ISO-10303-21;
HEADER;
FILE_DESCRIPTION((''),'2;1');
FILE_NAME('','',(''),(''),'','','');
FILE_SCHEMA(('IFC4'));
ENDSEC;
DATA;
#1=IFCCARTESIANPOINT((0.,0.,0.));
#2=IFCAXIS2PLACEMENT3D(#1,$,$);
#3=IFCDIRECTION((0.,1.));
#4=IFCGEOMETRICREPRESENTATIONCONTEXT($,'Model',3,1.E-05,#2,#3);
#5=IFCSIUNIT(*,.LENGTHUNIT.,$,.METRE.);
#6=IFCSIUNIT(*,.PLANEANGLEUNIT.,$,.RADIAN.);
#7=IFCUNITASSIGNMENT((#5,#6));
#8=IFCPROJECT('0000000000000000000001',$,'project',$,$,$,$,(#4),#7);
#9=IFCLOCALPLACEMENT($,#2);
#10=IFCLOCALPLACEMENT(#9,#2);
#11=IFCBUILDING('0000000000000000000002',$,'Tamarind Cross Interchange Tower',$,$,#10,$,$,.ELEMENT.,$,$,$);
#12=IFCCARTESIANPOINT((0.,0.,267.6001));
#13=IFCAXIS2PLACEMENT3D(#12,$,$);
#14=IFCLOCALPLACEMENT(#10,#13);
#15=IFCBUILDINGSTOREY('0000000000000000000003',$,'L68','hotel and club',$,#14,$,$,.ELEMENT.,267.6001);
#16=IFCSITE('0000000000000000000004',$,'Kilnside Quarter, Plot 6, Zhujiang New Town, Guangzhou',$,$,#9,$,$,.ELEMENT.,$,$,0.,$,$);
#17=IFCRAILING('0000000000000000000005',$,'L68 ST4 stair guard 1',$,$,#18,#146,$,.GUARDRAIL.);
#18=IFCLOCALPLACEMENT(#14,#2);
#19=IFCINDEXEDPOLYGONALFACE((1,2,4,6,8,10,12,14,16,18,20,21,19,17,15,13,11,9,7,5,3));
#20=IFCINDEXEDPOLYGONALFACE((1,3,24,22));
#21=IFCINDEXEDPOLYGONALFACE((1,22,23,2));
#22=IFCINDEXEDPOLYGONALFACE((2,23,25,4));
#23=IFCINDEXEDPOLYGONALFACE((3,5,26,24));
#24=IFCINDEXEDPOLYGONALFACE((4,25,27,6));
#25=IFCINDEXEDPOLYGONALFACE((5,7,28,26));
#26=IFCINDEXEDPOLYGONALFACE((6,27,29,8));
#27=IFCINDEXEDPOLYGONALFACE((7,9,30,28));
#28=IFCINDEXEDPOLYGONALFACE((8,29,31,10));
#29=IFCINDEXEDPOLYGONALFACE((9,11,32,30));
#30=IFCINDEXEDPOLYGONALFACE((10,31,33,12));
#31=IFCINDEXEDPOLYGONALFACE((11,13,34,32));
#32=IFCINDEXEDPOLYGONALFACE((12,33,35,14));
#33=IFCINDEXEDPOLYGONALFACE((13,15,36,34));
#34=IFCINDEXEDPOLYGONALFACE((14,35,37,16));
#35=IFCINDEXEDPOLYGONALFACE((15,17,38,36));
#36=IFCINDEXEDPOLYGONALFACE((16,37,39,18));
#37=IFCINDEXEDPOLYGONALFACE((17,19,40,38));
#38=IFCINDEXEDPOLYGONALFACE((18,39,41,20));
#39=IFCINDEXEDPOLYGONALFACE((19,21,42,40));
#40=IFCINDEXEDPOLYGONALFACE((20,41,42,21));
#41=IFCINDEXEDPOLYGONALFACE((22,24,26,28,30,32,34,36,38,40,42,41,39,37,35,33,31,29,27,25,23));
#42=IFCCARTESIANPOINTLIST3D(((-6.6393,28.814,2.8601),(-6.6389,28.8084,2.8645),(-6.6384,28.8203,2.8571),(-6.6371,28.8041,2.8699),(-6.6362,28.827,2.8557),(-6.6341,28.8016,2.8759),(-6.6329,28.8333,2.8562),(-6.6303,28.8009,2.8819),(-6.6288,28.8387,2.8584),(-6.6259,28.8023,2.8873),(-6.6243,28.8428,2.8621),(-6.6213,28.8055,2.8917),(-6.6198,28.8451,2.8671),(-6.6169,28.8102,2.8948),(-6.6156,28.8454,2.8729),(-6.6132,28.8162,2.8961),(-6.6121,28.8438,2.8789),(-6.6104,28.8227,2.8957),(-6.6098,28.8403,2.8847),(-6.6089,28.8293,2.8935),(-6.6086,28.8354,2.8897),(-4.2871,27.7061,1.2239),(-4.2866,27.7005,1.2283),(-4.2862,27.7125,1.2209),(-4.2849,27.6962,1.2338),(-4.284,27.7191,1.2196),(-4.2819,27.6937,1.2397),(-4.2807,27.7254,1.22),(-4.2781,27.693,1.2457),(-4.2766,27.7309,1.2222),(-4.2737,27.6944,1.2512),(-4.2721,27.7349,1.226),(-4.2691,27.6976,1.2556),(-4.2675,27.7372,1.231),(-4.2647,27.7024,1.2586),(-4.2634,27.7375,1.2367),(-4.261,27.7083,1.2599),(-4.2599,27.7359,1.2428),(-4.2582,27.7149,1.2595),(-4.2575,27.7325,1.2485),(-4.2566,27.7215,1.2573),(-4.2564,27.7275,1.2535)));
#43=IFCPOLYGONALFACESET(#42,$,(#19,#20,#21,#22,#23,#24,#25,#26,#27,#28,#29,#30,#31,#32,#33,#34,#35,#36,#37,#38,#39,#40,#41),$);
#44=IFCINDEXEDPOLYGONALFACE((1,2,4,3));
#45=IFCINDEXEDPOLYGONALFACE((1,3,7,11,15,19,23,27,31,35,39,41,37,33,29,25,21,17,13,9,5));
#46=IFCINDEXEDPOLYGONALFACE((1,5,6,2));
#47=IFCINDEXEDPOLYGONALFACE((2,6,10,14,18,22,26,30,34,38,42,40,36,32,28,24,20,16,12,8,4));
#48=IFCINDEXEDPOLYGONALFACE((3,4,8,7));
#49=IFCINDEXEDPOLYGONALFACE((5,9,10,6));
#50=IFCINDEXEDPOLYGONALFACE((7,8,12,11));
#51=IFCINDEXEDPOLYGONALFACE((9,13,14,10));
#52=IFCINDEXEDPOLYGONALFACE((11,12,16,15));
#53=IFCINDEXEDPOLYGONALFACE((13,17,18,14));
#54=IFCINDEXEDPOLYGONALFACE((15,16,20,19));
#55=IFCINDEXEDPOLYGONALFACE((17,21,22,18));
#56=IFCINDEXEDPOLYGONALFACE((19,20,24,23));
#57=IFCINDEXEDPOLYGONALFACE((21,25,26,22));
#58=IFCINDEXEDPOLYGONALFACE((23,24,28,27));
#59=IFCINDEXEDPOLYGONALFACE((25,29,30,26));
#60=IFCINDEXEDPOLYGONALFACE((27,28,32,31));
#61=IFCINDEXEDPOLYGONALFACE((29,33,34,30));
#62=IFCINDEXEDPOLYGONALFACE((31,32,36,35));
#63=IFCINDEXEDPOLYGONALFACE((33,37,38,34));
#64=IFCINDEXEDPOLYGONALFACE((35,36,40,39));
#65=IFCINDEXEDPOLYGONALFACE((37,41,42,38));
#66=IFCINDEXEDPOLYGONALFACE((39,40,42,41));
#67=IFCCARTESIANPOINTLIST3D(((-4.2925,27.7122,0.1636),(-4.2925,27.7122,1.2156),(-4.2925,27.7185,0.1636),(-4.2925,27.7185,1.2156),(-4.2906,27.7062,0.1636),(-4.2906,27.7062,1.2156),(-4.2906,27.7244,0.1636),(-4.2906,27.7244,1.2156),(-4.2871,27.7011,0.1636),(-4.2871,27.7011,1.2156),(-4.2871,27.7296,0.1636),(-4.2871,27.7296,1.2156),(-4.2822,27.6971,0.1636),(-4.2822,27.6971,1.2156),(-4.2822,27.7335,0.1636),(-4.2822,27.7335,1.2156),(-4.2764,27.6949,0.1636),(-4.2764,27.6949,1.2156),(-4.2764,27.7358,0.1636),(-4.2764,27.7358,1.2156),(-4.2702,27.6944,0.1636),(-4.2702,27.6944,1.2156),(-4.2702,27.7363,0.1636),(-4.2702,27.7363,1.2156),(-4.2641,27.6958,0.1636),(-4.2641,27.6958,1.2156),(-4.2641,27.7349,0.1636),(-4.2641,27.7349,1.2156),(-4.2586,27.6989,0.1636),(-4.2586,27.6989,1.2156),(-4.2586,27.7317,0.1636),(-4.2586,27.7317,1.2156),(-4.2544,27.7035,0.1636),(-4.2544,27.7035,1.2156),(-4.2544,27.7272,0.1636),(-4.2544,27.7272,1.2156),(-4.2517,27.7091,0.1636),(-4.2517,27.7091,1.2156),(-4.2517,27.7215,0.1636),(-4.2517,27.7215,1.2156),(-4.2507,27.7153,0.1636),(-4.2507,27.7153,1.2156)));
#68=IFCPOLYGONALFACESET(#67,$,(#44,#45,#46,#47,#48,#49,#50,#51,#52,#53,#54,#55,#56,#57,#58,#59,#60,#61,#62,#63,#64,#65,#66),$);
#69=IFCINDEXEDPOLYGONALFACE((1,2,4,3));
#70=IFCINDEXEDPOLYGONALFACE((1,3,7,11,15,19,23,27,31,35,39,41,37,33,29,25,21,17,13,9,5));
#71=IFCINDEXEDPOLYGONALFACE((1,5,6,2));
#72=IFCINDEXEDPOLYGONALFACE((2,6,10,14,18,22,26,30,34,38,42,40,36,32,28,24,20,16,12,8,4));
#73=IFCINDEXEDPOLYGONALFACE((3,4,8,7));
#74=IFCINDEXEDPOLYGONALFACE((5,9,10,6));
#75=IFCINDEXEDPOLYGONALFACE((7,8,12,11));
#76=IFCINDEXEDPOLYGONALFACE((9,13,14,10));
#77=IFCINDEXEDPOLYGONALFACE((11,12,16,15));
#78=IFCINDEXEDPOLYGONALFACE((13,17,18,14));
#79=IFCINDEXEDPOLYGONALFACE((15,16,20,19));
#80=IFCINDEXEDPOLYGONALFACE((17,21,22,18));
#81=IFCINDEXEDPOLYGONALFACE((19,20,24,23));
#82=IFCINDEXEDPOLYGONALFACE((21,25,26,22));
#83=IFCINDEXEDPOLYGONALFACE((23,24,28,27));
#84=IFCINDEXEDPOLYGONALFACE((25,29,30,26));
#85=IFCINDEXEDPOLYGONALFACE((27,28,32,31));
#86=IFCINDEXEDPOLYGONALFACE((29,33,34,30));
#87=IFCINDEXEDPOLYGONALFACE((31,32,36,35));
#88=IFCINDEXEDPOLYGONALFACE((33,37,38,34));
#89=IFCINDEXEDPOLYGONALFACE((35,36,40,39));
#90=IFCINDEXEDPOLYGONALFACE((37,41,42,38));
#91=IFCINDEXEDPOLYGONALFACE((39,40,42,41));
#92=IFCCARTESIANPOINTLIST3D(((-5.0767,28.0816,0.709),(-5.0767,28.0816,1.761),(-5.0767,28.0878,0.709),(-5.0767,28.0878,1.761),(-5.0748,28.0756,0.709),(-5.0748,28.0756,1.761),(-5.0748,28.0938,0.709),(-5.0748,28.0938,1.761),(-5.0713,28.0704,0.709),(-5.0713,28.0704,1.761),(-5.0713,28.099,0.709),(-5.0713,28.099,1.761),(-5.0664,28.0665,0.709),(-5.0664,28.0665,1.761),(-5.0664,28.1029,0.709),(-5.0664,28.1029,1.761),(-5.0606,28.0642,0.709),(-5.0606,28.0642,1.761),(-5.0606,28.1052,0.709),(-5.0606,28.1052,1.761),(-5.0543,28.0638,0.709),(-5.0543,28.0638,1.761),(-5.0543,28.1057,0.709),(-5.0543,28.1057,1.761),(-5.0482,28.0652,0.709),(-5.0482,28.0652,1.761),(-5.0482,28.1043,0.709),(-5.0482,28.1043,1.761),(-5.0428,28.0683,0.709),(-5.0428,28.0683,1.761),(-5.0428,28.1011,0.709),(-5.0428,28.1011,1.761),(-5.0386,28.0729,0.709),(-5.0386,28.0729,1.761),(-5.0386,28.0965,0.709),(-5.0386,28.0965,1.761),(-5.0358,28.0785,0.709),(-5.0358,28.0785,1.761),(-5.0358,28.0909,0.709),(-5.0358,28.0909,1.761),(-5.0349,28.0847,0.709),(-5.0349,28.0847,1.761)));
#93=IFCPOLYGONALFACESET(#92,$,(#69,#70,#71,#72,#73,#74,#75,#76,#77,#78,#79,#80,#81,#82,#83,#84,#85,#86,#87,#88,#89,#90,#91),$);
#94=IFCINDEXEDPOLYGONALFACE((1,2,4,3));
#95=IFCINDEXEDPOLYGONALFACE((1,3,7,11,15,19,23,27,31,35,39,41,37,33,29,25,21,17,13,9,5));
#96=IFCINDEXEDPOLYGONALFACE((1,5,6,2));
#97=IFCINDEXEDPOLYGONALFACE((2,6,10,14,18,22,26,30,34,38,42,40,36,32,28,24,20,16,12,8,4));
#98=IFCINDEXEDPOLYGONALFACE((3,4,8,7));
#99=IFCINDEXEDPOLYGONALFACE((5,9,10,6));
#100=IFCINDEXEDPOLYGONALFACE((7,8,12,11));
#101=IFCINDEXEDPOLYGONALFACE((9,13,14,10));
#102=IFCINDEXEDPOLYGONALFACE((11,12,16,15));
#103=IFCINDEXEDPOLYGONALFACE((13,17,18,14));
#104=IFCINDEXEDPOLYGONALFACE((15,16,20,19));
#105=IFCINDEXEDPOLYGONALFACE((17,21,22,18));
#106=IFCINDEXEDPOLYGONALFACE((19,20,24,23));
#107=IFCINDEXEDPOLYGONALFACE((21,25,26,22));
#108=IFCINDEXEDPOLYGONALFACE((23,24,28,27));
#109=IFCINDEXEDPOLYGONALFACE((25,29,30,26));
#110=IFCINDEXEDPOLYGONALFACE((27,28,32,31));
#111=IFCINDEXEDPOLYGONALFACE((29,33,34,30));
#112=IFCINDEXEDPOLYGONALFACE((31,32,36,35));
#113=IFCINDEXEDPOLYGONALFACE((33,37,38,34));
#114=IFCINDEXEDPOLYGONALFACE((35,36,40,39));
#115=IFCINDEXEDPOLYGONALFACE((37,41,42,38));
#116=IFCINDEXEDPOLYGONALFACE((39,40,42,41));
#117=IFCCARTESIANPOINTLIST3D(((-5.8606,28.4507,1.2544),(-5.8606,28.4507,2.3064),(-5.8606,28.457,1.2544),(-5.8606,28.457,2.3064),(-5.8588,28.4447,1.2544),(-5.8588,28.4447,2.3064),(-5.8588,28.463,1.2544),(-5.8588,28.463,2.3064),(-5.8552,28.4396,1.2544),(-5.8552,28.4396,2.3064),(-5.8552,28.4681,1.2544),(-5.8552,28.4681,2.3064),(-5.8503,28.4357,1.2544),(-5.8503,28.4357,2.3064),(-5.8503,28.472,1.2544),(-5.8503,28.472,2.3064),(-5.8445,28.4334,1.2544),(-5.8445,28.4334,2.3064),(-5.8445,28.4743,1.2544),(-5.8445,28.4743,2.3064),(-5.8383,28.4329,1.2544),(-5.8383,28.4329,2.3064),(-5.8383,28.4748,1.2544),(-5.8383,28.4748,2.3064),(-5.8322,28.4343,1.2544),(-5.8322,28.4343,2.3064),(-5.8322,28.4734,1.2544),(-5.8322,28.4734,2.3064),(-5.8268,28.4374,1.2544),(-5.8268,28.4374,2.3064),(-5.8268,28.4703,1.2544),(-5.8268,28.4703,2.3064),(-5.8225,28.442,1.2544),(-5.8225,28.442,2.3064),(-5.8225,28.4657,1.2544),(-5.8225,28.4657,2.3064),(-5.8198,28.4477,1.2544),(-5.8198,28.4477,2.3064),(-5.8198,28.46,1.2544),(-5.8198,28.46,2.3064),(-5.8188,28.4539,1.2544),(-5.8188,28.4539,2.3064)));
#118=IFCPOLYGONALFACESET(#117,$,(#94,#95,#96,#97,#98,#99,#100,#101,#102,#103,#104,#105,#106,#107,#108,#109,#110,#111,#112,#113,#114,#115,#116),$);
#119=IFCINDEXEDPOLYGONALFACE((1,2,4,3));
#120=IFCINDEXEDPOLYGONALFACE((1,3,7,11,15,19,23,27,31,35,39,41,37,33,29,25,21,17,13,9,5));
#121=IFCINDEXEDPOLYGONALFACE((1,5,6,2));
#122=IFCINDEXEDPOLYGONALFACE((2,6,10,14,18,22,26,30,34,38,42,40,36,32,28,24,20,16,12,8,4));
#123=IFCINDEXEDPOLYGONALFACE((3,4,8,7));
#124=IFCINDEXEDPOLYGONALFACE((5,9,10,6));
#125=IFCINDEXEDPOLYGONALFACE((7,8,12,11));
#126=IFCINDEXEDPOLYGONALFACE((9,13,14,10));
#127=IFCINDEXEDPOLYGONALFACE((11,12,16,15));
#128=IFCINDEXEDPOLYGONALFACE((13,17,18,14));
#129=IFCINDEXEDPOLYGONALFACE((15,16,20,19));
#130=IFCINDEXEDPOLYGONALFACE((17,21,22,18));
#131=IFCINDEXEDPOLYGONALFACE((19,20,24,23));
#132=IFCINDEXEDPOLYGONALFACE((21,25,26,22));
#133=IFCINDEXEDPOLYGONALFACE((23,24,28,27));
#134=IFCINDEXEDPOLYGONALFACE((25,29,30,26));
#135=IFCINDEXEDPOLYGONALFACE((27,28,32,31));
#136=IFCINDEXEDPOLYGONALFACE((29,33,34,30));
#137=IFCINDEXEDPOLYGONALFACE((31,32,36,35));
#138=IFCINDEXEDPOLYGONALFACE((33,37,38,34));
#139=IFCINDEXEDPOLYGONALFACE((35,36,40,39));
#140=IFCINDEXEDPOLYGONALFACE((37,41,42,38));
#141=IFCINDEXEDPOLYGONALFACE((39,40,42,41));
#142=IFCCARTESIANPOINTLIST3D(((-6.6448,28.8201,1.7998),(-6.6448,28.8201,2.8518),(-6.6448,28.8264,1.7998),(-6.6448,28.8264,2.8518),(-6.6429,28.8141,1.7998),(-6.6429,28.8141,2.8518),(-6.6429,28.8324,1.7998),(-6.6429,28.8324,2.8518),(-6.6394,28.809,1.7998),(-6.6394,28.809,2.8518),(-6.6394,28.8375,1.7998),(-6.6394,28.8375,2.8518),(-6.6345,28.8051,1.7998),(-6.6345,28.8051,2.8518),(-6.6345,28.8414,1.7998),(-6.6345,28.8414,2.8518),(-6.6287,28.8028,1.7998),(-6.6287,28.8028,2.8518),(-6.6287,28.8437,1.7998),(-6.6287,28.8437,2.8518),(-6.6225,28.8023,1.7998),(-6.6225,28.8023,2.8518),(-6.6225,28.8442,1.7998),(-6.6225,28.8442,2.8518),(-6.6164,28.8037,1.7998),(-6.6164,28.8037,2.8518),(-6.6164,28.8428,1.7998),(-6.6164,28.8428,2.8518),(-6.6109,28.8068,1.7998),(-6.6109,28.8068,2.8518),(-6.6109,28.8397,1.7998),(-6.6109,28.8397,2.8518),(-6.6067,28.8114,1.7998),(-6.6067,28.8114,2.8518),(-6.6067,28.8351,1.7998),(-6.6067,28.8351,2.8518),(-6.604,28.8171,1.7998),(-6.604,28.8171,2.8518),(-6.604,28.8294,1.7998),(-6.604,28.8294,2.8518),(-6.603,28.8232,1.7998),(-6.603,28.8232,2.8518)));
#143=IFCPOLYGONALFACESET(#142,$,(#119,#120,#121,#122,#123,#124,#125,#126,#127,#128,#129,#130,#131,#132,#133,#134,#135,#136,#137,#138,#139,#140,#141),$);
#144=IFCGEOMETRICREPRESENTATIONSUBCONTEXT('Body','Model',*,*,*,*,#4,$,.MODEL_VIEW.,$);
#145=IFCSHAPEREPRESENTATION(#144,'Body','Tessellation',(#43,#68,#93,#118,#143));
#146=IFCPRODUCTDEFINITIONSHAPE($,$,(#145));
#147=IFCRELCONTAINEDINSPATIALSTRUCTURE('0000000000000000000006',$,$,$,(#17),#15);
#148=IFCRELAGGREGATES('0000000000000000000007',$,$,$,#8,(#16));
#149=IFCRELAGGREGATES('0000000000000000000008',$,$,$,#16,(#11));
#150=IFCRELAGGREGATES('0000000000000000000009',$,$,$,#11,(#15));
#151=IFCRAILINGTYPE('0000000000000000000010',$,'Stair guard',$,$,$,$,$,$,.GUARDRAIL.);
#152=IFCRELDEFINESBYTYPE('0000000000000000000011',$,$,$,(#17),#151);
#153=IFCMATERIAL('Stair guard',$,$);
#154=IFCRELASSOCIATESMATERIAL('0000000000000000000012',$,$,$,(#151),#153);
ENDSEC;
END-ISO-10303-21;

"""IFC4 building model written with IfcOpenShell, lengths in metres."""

from ifc_helpers import new_model, si_unit, direction, frame, origin, origin_2d, place, context, subcontext, project, spatial, circle, extrude, material, type_object, element, save


model = new_model("IFC4")

# Units and contexts
model_context = context("Model", 3, precision=1e-05, world=origin(), true_north=direction((0.0, 1.0)))
body_context = subcontext(model_context, "Body", "Model", "MODEL_VIEW")
ifc_project = project(units=[si_unit("LENGTHUNIT", "METRE"), si_unit("PLANEANGLEUNIT", "RADIAN")], contexts=[model_context])

# Site, building, storey
site_placement = place(None, origin())
site = spatial("IfcSite", under=ifc_project, at=site_placement, Name="Kilnside Quarter, Plot 6, Zhujiang New Town, Guangzhou", CompositionType="ELEMENT", RefElevation=0.0)
building_placement = place(site_placement, origin())
building = spatial("IfcBuilding", under=site, at=building_placement, Name="Tamarind Cross Interchange Tower", CompositionType="ELEMENT")
storey_placement = place(building_placement, frame((0.0, 0.0, 267.6001)))
storey = spatial("IfcBuildingStorey", under=building, at=storey_placement, Name="L68", Description="hotel and club", CompositionType="ELEMENT", Elevation=267.6001)

# Railing
ifc_material_1 = material(Name="Stair guard")
railing_type_1 = type_object("IfcRailingType", Name="Stair guard", PredefinedType="GUARDRAIL", material=ifc_material_1)
railing_1_placement = place(storey_placement, frame((-4.2717, 27.7153, 0.1636)))
element("IfcRailing", 1, at=railing_1_placement, inside=storey, type_object=railing_type_1, Name="L68 ST4 stair guard 1", PredefinedType="GUARDRAIL", context=body_context, shape_type="SweptSolid", body=[
    extrude(circle(Radius=0.0239, at=origin_2d()), frame((0.0, 0.0, 1.0762), z_axis=(-0.765688, 0.360632, 0.532604), x_axis=(-0.426095, -0.904678, 0.0)), (0.0, 0.0, 1.0), 3.072),
    extrude(circle(Radius=0.021, at=origin_2d()), origin(), (0.0, 0.0, 1.0), 1.052),
    extrude(circle(Radius=0.021, at=origin_2d()), frame((-0.7842, 0.3694, 0.5454)), (0.0, 0.0, 1.0), 1.052),
    extrude(circle(Radius=0.021, at=origin_2d()), frame((-1.5681, 0.7385, 1.0908)), (0.0, 0.0, 1.0), 1.052),
    extrude(circle(Radius=0.021, at=origin_2d()), frame((-2.3523, 1.1079, 1.6362)), (0.0, 0.0, 1.0), 1.052),
])

save(model, "model.ifc")
